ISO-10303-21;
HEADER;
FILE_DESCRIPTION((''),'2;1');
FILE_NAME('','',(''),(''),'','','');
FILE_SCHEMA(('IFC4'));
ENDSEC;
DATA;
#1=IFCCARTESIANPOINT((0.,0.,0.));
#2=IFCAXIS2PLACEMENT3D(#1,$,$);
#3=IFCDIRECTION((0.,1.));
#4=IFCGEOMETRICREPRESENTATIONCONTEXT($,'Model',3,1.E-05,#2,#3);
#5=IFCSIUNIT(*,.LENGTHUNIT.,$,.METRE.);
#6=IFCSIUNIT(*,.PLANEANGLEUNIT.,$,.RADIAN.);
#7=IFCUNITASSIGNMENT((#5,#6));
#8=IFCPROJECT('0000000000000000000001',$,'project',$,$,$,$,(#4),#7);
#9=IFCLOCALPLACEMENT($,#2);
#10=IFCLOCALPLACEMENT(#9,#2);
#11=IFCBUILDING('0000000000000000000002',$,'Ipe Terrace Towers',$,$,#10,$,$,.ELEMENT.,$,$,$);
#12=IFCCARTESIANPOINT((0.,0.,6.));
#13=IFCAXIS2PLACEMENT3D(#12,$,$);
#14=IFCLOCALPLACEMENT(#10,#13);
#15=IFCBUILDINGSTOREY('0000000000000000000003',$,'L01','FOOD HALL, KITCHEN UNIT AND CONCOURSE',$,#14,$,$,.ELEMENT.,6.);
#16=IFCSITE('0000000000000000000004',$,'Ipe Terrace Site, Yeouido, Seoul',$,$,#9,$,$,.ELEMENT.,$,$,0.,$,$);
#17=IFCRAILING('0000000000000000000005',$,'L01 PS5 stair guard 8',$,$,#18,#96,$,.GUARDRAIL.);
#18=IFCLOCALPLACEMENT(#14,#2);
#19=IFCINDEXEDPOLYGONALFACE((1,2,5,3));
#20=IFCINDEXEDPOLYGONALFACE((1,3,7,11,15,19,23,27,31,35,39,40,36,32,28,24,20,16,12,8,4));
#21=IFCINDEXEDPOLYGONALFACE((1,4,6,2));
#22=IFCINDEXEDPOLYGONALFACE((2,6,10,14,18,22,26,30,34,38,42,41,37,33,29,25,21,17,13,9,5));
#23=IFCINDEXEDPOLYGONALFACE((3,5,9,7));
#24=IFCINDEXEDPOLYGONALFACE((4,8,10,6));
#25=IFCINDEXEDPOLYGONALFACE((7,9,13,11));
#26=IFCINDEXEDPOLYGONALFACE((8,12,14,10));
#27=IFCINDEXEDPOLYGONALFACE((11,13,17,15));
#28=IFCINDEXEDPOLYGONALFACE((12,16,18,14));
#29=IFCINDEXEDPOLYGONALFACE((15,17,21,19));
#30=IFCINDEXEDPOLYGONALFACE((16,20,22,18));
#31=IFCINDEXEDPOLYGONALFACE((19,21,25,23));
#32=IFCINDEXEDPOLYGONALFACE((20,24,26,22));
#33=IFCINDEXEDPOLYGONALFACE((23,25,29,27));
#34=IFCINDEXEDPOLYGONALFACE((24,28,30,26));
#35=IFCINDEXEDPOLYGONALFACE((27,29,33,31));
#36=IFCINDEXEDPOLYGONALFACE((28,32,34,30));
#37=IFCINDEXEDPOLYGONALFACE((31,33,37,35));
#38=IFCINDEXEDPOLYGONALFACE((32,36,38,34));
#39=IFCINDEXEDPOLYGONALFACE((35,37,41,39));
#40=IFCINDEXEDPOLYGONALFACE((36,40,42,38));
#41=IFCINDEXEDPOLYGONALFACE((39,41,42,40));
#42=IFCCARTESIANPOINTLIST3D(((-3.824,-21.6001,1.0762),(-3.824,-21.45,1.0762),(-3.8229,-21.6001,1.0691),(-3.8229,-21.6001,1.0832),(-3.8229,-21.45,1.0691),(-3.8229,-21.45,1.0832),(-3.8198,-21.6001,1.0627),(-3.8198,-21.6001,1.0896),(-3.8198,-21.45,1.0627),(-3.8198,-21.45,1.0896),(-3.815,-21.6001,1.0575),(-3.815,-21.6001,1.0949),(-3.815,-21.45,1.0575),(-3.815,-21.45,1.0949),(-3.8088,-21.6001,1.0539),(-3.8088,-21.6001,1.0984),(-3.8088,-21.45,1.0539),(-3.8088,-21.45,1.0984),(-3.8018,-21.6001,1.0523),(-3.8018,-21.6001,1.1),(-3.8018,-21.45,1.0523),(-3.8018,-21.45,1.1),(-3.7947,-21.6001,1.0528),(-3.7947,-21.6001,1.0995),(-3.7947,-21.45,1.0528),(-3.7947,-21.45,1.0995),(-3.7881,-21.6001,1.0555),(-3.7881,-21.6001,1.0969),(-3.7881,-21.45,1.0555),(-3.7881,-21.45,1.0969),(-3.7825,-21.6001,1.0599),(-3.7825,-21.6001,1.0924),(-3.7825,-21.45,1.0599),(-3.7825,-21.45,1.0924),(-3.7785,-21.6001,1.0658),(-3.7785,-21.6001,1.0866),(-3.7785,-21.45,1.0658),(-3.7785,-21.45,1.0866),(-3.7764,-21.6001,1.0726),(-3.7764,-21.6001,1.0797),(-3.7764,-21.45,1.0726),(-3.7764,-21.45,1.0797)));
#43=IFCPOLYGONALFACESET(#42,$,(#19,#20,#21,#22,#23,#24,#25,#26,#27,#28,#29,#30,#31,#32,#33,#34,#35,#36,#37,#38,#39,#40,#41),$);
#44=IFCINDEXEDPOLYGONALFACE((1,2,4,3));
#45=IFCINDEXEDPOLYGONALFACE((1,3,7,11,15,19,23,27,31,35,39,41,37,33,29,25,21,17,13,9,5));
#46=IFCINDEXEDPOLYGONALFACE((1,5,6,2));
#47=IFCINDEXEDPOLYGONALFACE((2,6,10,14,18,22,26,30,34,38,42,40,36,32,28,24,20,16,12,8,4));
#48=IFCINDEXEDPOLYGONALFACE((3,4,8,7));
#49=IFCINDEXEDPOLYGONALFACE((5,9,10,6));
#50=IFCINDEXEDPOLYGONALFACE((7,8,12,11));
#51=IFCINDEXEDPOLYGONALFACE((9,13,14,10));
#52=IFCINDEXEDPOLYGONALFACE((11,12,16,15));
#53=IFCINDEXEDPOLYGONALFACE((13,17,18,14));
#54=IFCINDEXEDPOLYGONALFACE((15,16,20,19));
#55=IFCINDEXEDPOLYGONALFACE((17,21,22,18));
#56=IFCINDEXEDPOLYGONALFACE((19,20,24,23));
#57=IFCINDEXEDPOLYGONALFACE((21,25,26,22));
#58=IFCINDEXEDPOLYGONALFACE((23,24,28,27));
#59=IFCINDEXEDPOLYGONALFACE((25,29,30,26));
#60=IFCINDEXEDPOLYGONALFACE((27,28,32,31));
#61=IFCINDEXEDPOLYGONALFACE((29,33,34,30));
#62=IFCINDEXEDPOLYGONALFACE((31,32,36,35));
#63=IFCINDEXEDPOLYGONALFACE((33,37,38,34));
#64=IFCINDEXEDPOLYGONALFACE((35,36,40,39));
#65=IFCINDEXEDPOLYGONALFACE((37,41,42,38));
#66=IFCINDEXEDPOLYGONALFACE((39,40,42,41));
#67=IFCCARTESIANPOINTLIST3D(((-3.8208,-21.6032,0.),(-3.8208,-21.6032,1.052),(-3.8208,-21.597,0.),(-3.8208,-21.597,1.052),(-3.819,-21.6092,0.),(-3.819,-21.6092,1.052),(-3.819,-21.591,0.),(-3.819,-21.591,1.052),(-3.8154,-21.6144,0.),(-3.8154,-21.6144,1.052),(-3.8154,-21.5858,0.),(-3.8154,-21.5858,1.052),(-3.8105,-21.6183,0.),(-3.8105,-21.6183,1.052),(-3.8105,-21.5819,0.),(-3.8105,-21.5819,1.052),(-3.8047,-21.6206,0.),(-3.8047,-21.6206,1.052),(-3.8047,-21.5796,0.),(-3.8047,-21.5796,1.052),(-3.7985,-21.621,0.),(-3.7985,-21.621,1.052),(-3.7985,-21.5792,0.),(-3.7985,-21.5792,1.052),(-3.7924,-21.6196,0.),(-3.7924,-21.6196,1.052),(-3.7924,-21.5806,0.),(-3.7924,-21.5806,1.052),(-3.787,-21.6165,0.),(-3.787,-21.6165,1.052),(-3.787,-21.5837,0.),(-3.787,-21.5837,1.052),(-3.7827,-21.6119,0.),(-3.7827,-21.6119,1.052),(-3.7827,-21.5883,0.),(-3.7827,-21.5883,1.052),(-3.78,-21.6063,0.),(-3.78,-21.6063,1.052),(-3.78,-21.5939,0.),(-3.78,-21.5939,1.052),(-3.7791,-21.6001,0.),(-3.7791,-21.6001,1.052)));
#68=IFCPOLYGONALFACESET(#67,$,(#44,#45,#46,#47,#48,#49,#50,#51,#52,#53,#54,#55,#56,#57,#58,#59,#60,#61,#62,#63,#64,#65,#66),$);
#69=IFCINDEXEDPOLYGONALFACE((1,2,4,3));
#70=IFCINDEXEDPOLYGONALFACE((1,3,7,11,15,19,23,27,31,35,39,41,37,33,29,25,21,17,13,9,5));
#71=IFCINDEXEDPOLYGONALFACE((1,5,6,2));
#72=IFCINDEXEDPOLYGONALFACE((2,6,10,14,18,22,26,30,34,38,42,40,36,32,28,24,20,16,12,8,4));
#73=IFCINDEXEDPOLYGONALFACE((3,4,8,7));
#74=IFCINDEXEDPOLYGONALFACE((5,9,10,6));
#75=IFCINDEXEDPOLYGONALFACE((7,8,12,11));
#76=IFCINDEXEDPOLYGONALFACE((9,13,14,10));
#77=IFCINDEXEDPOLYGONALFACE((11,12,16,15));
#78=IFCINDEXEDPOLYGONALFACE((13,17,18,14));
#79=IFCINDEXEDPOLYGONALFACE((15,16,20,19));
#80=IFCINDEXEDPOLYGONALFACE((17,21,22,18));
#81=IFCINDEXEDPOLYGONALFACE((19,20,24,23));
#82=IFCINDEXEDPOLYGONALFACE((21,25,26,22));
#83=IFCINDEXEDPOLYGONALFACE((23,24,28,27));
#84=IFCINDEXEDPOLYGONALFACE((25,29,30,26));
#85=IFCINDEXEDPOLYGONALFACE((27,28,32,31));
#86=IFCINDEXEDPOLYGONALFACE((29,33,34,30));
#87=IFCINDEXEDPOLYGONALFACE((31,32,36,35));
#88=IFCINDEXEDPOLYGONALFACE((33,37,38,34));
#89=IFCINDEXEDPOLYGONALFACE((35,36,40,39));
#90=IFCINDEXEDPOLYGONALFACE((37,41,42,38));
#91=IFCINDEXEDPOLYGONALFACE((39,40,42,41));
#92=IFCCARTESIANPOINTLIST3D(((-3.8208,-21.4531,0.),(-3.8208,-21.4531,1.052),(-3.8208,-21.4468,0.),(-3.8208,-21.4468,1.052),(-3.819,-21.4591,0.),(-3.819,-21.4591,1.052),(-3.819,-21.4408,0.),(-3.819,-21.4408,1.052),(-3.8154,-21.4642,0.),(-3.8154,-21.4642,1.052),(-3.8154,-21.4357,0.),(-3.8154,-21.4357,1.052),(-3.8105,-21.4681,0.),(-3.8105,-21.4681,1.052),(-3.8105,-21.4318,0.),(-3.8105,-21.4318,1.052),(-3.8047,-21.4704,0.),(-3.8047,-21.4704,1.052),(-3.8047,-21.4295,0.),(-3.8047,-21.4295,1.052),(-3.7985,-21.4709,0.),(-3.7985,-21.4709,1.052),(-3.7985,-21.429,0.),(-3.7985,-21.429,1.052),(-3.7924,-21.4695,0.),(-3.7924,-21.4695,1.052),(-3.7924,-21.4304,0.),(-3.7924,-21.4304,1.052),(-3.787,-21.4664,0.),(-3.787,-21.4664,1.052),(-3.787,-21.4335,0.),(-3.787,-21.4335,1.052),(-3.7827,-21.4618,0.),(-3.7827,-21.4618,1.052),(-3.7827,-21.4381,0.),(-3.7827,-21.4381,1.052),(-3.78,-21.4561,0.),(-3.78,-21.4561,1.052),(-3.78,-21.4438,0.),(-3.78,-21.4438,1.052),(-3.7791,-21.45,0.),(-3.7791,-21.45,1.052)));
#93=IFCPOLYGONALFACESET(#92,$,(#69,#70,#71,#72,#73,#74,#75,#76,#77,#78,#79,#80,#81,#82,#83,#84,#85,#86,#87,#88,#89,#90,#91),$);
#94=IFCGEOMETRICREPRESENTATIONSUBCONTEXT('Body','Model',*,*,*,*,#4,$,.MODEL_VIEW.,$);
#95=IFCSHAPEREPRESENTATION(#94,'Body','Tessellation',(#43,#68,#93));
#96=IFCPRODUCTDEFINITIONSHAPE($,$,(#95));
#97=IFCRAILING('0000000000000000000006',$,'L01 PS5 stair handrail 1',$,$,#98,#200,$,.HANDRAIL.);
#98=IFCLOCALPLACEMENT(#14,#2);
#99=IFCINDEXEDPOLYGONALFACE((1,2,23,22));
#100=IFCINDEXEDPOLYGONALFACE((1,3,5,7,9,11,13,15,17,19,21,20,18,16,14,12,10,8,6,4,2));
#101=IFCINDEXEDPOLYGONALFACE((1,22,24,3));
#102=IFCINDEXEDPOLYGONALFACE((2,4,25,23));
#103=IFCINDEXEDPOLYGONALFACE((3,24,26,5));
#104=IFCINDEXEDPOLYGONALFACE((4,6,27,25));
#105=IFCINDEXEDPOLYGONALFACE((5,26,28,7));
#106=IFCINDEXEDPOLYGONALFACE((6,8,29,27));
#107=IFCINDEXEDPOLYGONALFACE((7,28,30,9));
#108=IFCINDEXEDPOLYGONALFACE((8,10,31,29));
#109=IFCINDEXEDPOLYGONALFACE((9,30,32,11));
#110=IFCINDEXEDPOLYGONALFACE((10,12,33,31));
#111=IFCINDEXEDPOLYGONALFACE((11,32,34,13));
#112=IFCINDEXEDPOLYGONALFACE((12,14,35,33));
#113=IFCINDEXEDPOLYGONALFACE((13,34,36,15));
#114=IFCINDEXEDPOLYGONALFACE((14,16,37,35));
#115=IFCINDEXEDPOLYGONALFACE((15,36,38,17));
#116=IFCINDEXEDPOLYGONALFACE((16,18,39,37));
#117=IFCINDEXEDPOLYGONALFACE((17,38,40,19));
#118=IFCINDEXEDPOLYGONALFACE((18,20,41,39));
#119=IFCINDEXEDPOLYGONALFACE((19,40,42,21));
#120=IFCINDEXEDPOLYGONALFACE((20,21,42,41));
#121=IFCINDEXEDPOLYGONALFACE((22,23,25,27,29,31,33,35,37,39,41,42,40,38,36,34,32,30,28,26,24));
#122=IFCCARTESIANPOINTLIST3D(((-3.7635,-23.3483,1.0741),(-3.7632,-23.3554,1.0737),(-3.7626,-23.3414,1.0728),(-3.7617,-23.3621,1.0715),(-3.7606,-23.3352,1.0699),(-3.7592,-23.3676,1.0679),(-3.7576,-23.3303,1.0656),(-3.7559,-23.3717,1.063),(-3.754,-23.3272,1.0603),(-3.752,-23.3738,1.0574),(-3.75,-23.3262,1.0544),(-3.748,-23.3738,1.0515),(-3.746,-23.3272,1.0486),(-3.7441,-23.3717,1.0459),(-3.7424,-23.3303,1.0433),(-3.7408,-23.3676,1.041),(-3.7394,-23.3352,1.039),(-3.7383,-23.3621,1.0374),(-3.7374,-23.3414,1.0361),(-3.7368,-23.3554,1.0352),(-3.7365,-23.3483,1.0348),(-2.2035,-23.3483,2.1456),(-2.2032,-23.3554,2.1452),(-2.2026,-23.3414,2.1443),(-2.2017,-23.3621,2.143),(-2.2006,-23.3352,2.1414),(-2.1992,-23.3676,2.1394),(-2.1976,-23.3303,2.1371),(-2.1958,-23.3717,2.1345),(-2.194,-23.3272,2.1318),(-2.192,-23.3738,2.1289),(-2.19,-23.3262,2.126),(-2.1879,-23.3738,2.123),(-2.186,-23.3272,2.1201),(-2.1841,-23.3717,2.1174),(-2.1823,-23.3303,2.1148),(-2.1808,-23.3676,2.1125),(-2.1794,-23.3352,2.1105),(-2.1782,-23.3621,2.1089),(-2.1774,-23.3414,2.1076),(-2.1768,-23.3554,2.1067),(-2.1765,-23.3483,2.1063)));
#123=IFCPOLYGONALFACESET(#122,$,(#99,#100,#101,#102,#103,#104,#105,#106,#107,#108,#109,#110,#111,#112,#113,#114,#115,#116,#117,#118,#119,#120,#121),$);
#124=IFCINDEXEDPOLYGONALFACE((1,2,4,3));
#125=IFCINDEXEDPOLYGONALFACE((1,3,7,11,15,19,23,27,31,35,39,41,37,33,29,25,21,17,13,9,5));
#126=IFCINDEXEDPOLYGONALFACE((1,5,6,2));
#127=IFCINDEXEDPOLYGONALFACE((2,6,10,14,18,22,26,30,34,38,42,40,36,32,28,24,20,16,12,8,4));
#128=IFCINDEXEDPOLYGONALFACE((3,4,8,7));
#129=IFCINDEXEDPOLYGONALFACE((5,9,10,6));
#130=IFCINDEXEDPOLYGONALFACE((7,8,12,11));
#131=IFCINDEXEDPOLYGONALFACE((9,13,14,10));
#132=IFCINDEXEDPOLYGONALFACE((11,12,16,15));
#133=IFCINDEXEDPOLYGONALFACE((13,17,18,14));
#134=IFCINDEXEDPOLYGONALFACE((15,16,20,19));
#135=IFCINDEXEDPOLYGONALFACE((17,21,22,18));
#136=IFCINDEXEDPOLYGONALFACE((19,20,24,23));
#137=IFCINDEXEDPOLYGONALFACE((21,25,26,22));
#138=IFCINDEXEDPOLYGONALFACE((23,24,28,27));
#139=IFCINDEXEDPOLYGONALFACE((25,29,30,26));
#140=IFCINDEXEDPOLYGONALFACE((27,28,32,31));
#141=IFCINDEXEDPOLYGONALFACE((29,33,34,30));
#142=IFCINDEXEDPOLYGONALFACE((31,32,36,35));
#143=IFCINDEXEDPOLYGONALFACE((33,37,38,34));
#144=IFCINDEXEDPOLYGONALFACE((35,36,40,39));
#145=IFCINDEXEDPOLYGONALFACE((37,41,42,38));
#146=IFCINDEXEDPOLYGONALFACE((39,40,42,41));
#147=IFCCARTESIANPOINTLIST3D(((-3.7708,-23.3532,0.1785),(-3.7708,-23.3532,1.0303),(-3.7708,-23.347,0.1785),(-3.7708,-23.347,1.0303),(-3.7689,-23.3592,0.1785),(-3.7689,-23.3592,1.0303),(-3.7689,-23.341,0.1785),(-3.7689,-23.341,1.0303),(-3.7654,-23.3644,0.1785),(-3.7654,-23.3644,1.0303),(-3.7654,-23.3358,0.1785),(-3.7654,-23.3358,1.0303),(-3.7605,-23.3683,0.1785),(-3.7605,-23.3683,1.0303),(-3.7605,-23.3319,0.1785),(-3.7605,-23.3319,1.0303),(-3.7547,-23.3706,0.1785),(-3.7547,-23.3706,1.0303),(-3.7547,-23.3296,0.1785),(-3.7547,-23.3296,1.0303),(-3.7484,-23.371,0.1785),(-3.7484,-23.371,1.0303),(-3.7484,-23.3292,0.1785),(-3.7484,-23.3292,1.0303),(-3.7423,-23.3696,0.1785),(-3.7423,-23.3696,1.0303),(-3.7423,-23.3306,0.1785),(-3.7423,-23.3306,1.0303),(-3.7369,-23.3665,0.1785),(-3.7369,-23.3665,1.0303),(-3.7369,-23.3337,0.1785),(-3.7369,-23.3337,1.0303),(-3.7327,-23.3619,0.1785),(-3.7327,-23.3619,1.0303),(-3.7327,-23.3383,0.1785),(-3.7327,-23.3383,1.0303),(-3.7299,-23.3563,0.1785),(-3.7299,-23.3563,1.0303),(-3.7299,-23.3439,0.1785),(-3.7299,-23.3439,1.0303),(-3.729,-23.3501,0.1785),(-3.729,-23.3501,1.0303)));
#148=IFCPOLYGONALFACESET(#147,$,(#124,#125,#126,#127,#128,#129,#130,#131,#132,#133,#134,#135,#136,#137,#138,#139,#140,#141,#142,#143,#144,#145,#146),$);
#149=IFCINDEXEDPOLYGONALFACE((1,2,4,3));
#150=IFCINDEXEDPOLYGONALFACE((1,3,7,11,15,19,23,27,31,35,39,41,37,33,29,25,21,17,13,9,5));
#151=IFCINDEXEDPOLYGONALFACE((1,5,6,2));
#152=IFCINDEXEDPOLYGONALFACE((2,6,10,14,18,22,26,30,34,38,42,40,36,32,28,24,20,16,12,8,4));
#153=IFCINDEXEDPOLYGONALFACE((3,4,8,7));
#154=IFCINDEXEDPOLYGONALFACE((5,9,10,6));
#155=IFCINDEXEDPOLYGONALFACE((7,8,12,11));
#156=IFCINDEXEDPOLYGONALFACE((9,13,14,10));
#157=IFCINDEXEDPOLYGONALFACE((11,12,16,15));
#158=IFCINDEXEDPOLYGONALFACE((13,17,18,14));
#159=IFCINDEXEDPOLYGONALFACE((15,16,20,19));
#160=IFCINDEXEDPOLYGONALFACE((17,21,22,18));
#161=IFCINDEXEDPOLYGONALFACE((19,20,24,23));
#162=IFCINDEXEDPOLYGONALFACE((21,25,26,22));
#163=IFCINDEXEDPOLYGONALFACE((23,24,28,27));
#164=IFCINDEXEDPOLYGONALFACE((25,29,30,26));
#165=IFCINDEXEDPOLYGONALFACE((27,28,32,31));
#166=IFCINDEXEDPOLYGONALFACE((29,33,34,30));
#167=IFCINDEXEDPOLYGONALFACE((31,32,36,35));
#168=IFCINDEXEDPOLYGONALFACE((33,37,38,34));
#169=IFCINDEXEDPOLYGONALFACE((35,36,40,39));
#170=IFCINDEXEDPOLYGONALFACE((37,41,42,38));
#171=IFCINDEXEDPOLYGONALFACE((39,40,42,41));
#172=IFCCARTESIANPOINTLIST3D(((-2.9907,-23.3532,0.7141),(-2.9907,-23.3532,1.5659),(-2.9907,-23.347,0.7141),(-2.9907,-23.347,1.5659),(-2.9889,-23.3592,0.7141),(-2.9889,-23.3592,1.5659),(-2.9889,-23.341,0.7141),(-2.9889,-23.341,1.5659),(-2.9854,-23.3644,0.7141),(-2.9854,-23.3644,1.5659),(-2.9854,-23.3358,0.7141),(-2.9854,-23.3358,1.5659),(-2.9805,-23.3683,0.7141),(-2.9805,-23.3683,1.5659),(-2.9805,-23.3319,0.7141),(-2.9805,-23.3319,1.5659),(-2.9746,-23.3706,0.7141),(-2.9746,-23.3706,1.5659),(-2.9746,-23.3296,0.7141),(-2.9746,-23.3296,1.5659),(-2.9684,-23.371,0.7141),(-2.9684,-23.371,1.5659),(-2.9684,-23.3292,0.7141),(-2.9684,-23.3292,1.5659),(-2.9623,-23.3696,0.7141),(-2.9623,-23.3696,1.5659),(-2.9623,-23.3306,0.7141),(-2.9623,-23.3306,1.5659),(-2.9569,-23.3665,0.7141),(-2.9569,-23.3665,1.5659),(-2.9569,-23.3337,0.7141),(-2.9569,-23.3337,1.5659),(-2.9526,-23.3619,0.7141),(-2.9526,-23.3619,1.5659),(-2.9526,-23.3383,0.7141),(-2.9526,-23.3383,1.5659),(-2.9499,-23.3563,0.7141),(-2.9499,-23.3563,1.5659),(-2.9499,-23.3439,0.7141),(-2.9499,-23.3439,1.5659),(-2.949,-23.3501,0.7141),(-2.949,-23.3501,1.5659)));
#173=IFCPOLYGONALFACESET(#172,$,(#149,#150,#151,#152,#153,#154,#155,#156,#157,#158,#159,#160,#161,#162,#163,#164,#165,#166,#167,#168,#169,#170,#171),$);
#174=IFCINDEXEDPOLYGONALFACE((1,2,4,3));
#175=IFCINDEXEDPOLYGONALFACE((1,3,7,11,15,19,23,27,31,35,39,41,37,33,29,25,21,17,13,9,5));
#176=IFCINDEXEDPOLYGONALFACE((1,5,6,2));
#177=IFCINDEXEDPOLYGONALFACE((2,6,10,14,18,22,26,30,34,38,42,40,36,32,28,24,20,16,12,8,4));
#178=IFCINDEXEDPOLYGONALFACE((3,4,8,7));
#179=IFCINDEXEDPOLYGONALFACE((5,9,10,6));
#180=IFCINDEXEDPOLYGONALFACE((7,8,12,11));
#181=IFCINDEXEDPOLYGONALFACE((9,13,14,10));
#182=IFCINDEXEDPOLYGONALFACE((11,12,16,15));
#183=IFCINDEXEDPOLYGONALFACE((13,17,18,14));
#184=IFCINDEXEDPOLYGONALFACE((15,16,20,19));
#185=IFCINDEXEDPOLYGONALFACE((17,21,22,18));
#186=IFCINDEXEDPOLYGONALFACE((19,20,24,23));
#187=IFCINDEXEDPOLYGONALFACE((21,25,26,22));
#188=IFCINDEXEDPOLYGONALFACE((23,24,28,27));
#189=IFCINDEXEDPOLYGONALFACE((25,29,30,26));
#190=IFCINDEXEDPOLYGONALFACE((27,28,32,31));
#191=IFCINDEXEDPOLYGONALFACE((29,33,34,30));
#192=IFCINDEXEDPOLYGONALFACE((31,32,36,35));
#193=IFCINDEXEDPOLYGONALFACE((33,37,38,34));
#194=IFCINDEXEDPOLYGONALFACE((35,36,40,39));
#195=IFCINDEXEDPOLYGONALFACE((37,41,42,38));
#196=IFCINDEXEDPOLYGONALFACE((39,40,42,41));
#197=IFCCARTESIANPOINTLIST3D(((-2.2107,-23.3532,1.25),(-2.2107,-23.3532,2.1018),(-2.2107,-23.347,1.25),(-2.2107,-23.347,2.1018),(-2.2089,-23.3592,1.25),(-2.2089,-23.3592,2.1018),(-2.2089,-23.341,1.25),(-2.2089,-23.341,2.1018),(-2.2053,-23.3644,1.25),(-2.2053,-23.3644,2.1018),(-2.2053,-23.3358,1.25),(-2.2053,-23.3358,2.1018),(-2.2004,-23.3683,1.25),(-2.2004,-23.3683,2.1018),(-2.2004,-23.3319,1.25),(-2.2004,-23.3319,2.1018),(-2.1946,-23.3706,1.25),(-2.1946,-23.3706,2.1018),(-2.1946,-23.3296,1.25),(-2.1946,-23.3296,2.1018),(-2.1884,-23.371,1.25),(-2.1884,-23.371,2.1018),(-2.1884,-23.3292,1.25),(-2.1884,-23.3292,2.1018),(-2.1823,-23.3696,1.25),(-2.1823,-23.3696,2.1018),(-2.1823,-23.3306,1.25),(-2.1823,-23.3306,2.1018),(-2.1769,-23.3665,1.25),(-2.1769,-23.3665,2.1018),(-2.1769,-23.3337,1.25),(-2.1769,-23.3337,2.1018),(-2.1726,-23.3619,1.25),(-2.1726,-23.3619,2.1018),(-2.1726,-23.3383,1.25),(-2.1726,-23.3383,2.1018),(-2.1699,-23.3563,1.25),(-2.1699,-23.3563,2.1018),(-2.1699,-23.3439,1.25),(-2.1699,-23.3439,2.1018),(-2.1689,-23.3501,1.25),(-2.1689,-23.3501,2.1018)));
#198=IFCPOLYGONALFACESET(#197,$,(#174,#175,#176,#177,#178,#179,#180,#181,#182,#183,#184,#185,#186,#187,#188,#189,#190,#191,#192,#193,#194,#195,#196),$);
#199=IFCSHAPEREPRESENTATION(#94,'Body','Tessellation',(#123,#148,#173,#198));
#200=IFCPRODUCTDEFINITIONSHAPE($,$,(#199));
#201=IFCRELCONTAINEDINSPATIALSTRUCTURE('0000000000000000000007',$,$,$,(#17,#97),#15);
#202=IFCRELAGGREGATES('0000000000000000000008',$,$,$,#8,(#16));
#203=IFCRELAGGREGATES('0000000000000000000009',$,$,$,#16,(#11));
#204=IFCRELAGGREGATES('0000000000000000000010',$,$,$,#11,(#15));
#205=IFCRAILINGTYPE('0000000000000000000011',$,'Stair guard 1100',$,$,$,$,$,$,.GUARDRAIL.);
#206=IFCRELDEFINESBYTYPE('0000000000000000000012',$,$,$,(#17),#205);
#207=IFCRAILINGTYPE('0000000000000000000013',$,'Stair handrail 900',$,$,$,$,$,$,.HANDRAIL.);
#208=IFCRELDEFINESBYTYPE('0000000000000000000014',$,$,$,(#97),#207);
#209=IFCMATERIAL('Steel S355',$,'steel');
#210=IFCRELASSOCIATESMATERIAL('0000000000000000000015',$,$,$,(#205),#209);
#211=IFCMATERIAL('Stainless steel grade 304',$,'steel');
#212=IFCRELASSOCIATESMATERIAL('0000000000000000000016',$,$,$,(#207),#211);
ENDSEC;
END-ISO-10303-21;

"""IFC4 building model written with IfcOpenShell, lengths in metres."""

from ifc_helpers import new_model, si_unit, direction, frame, origin, origin_2d, place, context, subcontext, project, spatial, circle, extrude, material, type_object, element, save


model = new_model("IFC4")

# Units and contexts
model_context = context("Model", 3, precision=1e-05, world=origin(), true_north=direction((0.0, 1.0)))
body_context = subcontext(model_context, "Body", "Model", "MODEL_VIEW")
ifc_project = project(units=[si_unit("LENGTHUNIT", "METRE"), si_unit("PLANEANGLEUNIT", "RADIAN")], contexts=[model_context])

# Site, building, storey
site_placement = place(None, origin())
site = spatial("IfcSite", under=ifc_project, at=site_placement, Name="Ipe Terrace Site, Yeouido, Seoul", CompositionType="ELEMENT", RefElevation=0.0)
building_placement = place(site_placement, origin())
building = spatial("IfcBuilding", under=site, at=building_placement, Name="Ipe Terrace Towers", CompositionType="ELEMENT")
storey_placement = place(building_placement, frame((0.0, 0.0, 6.0)))
storey = spatial("IfcBuildingStorey", under=building, at=storey_placement, Name="L01", Description="FOOD HALL, KITCHEN UNIT AND CONCOURSE", CompositionType="ELEMENT", Elevation=6.0)

# Railings
ifc_material_1 = material(Name="Steel S355", Category="steel")
railing_type_1 = type_object("IfcRailingType", Name="Stair guard 1100", PredefinedType="GUARDRAIL", material=ifc_material_1)
for number, where, name in (
    (1, (-3.8, -21.6001, 0.0), "L01 PS5 stair guard 8"),
):
    element("IfcRailing", number, at=place(storey_placement, frame(where)), inside=storey, type_object=railing_type_1, Name=name, PredefinedType="GUARDRAIL", context=body_context, shape_type="SweptSolid", body=[
        extrude(circle(Radius=0.0239, at=origin_2d()), frame((0.0, 0.0, 1.0762), z_axis=(0.0, 1.0, 0.0), x_axis=(-1.0, 0.0, 0.0)), (0.0, 0.0, 1.0), 0.1501),
        extrude(circle(Radius=0.021, at=origin_2d()), origin(), (0.0, 0.0, 1.0), 1.052),
        extrude(circle(Radius=0.021, at=origin_2d()), frame((0.0, 0.1501, 0.0)), (0.0, 0.0, 1.0), 1.052),
    ])
ifc_material_2 = material(Name="Stainless steel grade 304", Category="steel")
railing_type_2 = type_object("IfcRailingType", Name="Stair handrail 900", PredefinedType="HANDRAIL", material=ifc_material_2)
for number, where, name in (
    (2, (-3.75, -23.3501, 0.1785), "L01 PS5 stair handrail 1"),
):
    element("IfcRailing", number, at=place(storey_placement, frame(where)), inside=storey, type_object=railing_type_2, Name=name, PredefinedType="HANDRAIL", context=body_context, shape_type="SweptSolid", body=[
        extrude(circle(Radius=0.0239, at=origin_2d()), frame((0.0, 0.0, 0.876), z_axis=(0.82429, 0.0, 0.566167), x_axis=(0.0, 1.0, 0.0)), (0.0, 0.0, 1.0), 1.8926),
        extrude(circle(Radius=0.021, at=origin_2d()), origin(), (0.0, 0.0, 1.0), 0.8518),
        extrude(circle(Radius=0.021, at=origin_2d()), frame((0.78, 0.0, 0.5356)), (0.0, 0.0, 1.0), 0.8518),
        extrude(circle(Radius=0.021, at=origin_2d()), frame((1.5601, 0.0, 1.0715)), (0.0, 0.0, 1.0), 0.8518),
    ])

save(model, "model.ifc")
